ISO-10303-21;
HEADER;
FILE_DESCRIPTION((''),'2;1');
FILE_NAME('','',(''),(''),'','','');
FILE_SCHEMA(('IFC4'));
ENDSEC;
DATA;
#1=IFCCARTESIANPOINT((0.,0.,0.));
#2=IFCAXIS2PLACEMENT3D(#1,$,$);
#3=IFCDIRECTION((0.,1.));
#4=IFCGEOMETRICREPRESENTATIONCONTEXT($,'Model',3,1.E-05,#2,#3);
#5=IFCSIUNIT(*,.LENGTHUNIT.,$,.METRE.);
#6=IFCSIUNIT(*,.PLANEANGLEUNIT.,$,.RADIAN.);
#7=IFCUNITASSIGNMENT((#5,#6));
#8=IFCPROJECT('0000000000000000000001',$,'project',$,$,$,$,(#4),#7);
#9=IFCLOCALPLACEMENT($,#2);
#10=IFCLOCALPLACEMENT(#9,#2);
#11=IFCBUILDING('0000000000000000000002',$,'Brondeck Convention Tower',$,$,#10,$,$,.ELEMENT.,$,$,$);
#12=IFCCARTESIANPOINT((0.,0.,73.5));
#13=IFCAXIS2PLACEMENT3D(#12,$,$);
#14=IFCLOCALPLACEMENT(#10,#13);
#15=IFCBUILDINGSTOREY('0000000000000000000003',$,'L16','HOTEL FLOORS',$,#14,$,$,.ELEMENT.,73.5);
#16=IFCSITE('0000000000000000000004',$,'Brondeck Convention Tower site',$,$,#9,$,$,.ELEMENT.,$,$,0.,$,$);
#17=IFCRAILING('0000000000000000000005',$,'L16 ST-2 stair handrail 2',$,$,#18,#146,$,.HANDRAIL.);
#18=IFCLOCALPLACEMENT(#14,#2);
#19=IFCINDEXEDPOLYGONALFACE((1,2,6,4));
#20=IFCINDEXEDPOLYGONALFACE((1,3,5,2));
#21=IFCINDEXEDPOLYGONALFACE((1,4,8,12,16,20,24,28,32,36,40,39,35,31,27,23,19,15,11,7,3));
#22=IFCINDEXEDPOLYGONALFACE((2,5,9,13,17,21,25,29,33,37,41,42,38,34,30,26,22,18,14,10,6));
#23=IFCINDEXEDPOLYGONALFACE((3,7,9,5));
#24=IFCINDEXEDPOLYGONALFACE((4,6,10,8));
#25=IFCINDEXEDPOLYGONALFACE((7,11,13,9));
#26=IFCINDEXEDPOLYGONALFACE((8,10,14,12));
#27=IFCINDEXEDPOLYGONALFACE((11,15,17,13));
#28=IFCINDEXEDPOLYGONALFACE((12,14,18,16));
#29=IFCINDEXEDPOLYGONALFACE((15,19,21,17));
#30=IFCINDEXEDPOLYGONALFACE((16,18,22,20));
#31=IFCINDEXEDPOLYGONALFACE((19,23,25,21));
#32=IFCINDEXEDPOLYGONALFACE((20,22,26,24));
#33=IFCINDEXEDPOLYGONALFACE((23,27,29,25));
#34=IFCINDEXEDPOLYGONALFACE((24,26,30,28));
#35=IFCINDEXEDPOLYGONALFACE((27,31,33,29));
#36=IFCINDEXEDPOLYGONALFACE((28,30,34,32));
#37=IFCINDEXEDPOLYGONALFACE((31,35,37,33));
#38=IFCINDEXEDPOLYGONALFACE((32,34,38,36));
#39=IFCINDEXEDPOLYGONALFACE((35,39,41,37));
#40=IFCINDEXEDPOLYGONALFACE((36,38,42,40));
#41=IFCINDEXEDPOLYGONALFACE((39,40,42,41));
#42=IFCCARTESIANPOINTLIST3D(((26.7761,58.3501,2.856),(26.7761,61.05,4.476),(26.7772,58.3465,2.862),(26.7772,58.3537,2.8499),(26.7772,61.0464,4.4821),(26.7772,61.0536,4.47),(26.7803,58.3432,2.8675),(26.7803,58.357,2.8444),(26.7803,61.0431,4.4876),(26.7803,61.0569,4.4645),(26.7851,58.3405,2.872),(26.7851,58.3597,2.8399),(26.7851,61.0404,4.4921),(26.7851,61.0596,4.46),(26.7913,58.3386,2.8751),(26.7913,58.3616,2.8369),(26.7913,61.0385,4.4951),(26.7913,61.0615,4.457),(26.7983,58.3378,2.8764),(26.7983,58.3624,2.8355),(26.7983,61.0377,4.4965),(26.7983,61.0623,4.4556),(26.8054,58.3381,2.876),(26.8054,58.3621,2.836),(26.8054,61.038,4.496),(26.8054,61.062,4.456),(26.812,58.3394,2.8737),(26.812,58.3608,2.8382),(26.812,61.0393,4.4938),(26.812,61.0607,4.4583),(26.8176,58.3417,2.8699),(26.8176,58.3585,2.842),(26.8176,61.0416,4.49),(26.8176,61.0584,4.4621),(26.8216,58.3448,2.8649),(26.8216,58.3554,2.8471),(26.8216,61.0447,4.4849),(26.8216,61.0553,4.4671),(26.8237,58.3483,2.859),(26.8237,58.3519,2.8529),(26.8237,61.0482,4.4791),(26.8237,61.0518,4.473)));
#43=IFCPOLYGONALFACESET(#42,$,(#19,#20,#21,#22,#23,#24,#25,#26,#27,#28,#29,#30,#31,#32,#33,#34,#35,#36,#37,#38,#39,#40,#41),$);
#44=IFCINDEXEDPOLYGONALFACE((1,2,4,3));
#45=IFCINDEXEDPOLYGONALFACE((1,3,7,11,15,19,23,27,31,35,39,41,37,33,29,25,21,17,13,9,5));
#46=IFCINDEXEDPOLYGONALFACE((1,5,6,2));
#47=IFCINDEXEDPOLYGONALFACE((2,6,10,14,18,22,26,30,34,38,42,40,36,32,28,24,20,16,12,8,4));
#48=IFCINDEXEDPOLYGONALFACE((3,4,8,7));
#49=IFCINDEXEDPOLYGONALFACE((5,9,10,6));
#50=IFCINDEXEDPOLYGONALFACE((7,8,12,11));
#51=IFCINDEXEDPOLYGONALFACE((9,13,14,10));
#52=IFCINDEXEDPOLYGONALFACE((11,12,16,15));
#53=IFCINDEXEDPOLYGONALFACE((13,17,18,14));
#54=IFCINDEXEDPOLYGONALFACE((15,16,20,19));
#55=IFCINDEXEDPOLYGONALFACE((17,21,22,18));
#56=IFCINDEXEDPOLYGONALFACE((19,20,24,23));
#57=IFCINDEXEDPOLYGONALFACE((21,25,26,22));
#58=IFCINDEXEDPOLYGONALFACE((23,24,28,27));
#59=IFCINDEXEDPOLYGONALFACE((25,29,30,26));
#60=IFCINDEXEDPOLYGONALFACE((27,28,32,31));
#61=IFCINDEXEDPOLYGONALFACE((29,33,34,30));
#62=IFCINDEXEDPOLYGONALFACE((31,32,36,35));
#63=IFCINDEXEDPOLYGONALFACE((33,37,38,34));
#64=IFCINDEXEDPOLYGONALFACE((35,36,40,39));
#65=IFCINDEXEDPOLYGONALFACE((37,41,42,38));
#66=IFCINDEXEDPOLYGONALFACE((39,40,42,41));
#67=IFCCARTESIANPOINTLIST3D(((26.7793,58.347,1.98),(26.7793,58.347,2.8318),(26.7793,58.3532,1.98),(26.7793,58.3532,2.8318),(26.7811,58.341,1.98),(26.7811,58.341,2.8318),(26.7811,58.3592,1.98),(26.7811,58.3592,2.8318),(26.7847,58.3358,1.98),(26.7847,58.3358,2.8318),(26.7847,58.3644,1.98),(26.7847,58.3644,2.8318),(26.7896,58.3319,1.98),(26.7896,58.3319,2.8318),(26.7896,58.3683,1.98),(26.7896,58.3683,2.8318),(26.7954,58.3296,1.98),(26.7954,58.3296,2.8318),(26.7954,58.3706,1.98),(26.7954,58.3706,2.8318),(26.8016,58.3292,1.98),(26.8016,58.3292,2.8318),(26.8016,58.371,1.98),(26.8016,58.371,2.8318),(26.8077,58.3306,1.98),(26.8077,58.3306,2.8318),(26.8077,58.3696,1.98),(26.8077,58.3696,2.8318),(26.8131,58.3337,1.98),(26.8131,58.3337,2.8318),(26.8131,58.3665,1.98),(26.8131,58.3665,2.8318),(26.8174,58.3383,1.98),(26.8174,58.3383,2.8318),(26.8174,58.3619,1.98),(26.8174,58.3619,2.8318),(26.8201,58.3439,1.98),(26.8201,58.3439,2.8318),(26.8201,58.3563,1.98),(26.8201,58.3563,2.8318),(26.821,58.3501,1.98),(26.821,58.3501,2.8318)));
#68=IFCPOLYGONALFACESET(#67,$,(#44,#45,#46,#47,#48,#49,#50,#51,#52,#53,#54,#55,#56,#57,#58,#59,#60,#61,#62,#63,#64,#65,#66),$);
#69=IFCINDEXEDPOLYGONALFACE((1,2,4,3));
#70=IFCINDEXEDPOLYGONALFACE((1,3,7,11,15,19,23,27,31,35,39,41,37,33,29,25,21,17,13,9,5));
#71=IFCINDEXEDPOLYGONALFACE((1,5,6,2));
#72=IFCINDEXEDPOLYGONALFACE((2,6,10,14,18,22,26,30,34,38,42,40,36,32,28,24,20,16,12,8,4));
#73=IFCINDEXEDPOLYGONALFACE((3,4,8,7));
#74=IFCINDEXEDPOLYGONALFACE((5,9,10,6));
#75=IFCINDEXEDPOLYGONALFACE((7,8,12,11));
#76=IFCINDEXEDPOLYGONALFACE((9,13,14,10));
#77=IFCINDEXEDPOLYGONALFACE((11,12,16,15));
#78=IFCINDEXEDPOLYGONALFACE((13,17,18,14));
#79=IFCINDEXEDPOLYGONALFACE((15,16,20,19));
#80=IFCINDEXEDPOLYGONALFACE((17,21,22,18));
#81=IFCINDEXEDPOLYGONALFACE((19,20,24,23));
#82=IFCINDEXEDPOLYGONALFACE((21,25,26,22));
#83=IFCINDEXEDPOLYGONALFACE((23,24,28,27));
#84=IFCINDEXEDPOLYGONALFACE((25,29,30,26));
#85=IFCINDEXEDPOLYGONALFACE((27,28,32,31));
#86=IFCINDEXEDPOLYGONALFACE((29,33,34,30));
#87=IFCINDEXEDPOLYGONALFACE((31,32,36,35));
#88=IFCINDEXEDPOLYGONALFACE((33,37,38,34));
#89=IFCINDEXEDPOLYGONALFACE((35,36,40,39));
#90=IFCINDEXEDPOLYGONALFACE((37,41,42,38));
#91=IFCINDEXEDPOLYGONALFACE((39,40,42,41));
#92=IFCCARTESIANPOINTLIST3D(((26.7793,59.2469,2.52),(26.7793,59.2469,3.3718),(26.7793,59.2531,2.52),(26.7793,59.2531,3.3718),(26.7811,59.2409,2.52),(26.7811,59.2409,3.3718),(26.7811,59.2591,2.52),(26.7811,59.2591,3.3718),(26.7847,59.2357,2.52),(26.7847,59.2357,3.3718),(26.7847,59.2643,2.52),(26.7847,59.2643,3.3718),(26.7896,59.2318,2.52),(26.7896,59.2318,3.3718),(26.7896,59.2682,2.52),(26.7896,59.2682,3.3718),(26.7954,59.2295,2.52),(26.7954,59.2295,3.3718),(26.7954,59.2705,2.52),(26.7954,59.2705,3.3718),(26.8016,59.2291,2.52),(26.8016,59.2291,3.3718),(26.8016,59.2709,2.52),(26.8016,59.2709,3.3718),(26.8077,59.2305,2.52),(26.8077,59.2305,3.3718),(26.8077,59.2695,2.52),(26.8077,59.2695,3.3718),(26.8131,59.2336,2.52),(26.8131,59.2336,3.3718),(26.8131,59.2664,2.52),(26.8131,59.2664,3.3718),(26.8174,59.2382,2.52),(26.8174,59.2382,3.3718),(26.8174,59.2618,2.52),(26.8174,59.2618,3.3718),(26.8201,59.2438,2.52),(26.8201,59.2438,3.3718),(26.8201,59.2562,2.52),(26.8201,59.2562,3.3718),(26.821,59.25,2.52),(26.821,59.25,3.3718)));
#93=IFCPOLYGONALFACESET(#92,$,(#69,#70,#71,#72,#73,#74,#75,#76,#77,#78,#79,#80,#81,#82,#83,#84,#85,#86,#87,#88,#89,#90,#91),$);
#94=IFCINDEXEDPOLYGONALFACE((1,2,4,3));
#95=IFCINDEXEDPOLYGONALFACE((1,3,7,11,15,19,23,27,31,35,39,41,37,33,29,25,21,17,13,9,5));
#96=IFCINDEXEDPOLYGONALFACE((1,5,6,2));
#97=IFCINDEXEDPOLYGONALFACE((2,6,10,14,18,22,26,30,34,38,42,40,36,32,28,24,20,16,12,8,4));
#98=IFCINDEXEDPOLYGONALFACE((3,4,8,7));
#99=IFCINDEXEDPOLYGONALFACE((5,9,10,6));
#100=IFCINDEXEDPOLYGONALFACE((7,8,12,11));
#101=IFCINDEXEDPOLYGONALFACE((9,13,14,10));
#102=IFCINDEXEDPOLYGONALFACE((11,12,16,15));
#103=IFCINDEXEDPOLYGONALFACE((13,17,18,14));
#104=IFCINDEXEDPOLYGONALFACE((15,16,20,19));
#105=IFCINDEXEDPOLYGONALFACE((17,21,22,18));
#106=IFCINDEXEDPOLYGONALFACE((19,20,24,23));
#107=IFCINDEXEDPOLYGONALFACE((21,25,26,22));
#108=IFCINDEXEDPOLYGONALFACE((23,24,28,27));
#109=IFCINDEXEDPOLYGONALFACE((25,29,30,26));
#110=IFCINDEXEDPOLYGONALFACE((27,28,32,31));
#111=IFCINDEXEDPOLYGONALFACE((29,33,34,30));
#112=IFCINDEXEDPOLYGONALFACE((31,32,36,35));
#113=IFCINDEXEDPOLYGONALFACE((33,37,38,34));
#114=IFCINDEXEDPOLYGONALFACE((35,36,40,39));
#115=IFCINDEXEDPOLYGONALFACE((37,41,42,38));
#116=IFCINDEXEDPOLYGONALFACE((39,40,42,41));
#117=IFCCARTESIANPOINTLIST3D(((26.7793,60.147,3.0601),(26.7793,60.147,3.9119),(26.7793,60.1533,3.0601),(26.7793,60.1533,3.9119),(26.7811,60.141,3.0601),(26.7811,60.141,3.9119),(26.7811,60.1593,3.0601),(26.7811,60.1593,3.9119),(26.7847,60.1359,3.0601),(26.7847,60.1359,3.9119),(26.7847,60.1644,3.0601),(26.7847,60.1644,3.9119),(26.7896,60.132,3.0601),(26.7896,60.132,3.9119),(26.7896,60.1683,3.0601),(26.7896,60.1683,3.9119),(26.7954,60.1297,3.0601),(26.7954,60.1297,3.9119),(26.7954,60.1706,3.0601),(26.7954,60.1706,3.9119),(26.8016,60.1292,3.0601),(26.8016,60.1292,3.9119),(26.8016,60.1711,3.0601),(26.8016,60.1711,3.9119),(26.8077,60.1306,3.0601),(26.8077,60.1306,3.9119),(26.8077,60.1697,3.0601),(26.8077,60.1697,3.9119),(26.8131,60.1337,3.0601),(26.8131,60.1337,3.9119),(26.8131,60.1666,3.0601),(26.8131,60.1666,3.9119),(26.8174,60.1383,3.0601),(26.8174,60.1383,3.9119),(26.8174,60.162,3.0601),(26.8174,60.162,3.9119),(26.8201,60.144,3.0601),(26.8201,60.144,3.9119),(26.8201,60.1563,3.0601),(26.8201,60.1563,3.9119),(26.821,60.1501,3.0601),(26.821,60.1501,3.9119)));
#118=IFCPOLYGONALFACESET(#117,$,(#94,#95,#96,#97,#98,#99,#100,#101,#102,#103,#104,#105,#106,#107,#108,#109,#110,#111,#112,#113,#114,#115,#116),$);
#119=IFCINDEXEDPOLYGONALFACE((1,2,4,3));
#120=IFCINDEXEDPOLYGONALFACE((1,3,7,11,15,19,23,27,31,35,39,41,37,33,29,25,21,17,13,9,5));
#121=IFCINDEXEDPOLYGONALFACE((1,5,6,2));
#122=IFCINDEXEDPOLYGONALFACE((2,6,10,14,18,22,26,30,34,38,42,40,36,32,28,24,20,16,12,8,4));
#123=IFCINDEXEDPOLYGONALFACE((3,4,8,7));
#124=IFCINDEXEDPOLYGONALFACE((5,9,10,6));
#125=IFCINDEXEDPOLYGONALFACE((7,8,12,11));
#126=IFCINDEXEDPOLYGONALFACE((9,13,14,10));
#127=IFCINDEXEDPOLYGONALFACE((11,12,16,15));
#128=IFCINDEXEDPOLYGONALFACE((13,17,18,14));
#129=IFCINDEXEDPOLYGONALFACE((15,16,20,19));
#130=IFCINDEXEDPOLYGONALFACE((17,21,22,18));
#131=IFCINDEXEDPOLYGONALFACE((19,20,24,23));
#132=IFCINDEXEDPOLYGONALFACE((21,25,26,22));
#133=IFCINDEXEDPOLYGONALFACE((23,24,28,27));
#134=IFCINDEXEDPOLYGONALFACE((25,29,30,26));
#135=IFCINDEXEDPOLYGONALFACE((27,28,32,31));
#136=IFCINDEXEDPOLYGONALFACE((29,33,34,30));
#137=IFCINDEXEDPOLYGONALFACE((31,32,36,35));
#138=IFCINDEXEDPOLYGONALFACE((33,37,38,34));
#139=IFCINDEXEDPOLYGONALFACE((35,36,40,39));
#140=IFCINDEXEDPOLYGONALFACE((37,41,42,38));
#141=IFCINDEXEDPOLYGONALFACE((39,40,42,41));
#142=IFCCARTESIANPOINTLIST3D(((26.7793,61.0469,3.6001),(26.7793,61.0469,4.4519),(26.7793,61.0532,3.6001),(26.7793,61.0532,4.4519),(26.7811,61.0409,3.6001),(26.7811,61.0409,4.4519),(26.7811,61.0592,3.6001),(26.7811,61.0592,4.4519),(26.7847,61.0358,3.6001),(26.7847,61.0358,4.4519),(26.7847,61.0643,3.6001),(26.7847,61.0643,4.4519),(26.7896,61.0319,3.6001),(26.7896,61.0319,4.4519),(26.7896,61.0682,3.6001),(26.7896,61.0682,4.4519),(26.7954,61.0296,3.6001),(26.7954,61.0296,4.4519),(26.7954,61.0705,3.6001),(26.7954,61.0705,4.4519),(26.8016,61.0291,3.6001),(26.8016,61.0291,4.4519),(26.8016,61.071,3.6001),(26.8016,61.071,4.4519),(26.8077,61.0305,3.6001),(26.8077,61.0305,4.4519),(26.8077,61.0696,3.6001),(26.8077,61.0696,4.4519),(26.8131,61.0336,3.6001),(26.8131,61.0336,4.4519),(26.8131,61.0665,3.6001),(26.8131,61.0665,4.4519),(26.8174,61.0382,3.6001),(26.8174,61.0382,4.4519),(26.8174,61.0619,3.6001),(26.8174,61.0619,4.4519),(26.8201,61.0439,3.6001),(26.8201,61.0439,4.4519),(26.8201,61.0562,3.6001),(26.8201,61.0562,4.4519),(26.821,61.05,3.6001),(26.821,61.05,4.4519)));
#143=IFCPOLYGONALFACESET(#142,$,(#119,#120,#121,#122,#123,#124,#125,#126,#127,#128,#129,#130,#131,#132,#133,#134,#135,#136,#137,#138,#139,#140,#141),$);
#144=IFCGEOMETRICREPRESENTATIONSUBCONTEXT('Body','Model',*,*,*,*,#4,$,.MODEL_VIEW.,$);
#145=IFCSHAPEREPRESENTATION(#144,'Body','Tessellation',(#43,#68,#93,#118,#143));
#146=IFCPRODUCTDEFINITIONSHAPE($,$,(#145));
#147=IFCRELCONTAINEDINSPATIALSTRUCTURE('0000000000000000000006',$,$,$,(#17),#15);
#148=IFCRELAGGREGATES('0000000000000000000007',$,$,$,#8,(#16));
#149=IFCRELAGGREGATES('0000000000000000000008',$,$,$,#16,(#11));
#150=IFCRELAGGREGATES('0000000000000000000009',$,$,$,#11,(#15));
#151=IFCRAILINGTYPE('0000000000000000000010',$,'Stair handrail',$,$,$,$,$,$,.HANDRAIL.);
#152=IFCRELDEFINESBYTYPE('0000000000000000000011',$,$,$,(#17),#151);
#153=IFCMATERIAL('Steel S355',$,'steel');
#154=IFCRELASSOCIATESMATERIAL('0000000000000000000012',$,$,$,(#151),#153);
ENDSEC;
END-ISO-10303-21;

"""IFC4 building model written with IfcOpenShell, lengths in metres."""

from ifc_helpers import new_model, si_unit, direction, frame, origin, origin_2d, place, context, subcontext, project, spatial, circle, extrude, material, type_object, element, save


model = new_model("IFC4")

# Units and contexts
model_context = context("Model", 3, precision=1e-05, world=origin(), true_north=direction((0.0, 1.0)))
body_context = subcontext(model_context, "Body", "Model", "MODEL_VIEW")
ifc_project = project(units=[si_unit("LENGTHUNIT", "METRE"), si_unit("PLANEANGLEUNIT", "RADIAN")], contexts=[model_context])

# Site, building, storey
site_placement = place(None, origin())
site = spatial("IfcSite", under=ifc_project, at=site_placement, Name="Brondeck Convention Tower site", CompositionType="ELEMENT", RefElevation=0.0)
building_placement = place(site_placement, origin())
building = spatial("IfcBuilding", under=site, at=building_placement, Name="Brondeck Convention Tower", CompositionType="ELEMENT")
storey_placement = place(building_placement, frame((0.0, 0.0, 73.5)))
storey = spatial("IfcBuildingStorey", under=building, at=storey_placement, Name="L16", Description="HOTEL FLOORS", CompositionType="ELEMENT", Elevation=73.5)

# Railing
ifc_material_1 = material(Name="Steel S355", Category="steel")
railing_type_1 = type_object("IfcRailingType", Name="Stair handrail", PredefinedType="HANDRAIL", material=ifc_material_1)
railing_1_placement = place(storey_placement, frame((26.8, 58.3501, 1.98)))
element("IfcRailing", 1, at=railing_1_placement, inside=storey, type_object=railing_type_1, Name="L16 ST-2 stair handrail 2", PredefinedType="HANDRAIL", context=body_context, shape_type="SweptSolid", body=[
    extrude(circle(Radius=0.0239, at=origin_2d()), frame((0.0, 0.0, 0.876), z_axis=(0.0, 0.857472, 0.51453), x_axis=(-1.0, 0.0, 0.0)), (0.0, 0.0, 1.0), 3.1487),
    extrude(circle(Radius=0.021, at=origin_2d()), origin(), (0.0, 0.0, 1.0), 0.8518),
    extrude(circle(Radius=0.021, at=origin_2d()), frame((0.0, 0.8999, 0.54)), (0.0, 0.0, 1.0), 0.8518),
    extrude(circle(Radius=0.021, at=origin_2d()), frame((0.0, 1.8, 1.0801)), (0.0, 0.0, 1.0), 0.8518),
    extrude(circle(Radius=0.021, at=origin_2d()), frame((0.0, 2.7, 1.6201)), (0.0, 0.0, 1.0), 0.8518),
])

save(model, "model.ifc")
